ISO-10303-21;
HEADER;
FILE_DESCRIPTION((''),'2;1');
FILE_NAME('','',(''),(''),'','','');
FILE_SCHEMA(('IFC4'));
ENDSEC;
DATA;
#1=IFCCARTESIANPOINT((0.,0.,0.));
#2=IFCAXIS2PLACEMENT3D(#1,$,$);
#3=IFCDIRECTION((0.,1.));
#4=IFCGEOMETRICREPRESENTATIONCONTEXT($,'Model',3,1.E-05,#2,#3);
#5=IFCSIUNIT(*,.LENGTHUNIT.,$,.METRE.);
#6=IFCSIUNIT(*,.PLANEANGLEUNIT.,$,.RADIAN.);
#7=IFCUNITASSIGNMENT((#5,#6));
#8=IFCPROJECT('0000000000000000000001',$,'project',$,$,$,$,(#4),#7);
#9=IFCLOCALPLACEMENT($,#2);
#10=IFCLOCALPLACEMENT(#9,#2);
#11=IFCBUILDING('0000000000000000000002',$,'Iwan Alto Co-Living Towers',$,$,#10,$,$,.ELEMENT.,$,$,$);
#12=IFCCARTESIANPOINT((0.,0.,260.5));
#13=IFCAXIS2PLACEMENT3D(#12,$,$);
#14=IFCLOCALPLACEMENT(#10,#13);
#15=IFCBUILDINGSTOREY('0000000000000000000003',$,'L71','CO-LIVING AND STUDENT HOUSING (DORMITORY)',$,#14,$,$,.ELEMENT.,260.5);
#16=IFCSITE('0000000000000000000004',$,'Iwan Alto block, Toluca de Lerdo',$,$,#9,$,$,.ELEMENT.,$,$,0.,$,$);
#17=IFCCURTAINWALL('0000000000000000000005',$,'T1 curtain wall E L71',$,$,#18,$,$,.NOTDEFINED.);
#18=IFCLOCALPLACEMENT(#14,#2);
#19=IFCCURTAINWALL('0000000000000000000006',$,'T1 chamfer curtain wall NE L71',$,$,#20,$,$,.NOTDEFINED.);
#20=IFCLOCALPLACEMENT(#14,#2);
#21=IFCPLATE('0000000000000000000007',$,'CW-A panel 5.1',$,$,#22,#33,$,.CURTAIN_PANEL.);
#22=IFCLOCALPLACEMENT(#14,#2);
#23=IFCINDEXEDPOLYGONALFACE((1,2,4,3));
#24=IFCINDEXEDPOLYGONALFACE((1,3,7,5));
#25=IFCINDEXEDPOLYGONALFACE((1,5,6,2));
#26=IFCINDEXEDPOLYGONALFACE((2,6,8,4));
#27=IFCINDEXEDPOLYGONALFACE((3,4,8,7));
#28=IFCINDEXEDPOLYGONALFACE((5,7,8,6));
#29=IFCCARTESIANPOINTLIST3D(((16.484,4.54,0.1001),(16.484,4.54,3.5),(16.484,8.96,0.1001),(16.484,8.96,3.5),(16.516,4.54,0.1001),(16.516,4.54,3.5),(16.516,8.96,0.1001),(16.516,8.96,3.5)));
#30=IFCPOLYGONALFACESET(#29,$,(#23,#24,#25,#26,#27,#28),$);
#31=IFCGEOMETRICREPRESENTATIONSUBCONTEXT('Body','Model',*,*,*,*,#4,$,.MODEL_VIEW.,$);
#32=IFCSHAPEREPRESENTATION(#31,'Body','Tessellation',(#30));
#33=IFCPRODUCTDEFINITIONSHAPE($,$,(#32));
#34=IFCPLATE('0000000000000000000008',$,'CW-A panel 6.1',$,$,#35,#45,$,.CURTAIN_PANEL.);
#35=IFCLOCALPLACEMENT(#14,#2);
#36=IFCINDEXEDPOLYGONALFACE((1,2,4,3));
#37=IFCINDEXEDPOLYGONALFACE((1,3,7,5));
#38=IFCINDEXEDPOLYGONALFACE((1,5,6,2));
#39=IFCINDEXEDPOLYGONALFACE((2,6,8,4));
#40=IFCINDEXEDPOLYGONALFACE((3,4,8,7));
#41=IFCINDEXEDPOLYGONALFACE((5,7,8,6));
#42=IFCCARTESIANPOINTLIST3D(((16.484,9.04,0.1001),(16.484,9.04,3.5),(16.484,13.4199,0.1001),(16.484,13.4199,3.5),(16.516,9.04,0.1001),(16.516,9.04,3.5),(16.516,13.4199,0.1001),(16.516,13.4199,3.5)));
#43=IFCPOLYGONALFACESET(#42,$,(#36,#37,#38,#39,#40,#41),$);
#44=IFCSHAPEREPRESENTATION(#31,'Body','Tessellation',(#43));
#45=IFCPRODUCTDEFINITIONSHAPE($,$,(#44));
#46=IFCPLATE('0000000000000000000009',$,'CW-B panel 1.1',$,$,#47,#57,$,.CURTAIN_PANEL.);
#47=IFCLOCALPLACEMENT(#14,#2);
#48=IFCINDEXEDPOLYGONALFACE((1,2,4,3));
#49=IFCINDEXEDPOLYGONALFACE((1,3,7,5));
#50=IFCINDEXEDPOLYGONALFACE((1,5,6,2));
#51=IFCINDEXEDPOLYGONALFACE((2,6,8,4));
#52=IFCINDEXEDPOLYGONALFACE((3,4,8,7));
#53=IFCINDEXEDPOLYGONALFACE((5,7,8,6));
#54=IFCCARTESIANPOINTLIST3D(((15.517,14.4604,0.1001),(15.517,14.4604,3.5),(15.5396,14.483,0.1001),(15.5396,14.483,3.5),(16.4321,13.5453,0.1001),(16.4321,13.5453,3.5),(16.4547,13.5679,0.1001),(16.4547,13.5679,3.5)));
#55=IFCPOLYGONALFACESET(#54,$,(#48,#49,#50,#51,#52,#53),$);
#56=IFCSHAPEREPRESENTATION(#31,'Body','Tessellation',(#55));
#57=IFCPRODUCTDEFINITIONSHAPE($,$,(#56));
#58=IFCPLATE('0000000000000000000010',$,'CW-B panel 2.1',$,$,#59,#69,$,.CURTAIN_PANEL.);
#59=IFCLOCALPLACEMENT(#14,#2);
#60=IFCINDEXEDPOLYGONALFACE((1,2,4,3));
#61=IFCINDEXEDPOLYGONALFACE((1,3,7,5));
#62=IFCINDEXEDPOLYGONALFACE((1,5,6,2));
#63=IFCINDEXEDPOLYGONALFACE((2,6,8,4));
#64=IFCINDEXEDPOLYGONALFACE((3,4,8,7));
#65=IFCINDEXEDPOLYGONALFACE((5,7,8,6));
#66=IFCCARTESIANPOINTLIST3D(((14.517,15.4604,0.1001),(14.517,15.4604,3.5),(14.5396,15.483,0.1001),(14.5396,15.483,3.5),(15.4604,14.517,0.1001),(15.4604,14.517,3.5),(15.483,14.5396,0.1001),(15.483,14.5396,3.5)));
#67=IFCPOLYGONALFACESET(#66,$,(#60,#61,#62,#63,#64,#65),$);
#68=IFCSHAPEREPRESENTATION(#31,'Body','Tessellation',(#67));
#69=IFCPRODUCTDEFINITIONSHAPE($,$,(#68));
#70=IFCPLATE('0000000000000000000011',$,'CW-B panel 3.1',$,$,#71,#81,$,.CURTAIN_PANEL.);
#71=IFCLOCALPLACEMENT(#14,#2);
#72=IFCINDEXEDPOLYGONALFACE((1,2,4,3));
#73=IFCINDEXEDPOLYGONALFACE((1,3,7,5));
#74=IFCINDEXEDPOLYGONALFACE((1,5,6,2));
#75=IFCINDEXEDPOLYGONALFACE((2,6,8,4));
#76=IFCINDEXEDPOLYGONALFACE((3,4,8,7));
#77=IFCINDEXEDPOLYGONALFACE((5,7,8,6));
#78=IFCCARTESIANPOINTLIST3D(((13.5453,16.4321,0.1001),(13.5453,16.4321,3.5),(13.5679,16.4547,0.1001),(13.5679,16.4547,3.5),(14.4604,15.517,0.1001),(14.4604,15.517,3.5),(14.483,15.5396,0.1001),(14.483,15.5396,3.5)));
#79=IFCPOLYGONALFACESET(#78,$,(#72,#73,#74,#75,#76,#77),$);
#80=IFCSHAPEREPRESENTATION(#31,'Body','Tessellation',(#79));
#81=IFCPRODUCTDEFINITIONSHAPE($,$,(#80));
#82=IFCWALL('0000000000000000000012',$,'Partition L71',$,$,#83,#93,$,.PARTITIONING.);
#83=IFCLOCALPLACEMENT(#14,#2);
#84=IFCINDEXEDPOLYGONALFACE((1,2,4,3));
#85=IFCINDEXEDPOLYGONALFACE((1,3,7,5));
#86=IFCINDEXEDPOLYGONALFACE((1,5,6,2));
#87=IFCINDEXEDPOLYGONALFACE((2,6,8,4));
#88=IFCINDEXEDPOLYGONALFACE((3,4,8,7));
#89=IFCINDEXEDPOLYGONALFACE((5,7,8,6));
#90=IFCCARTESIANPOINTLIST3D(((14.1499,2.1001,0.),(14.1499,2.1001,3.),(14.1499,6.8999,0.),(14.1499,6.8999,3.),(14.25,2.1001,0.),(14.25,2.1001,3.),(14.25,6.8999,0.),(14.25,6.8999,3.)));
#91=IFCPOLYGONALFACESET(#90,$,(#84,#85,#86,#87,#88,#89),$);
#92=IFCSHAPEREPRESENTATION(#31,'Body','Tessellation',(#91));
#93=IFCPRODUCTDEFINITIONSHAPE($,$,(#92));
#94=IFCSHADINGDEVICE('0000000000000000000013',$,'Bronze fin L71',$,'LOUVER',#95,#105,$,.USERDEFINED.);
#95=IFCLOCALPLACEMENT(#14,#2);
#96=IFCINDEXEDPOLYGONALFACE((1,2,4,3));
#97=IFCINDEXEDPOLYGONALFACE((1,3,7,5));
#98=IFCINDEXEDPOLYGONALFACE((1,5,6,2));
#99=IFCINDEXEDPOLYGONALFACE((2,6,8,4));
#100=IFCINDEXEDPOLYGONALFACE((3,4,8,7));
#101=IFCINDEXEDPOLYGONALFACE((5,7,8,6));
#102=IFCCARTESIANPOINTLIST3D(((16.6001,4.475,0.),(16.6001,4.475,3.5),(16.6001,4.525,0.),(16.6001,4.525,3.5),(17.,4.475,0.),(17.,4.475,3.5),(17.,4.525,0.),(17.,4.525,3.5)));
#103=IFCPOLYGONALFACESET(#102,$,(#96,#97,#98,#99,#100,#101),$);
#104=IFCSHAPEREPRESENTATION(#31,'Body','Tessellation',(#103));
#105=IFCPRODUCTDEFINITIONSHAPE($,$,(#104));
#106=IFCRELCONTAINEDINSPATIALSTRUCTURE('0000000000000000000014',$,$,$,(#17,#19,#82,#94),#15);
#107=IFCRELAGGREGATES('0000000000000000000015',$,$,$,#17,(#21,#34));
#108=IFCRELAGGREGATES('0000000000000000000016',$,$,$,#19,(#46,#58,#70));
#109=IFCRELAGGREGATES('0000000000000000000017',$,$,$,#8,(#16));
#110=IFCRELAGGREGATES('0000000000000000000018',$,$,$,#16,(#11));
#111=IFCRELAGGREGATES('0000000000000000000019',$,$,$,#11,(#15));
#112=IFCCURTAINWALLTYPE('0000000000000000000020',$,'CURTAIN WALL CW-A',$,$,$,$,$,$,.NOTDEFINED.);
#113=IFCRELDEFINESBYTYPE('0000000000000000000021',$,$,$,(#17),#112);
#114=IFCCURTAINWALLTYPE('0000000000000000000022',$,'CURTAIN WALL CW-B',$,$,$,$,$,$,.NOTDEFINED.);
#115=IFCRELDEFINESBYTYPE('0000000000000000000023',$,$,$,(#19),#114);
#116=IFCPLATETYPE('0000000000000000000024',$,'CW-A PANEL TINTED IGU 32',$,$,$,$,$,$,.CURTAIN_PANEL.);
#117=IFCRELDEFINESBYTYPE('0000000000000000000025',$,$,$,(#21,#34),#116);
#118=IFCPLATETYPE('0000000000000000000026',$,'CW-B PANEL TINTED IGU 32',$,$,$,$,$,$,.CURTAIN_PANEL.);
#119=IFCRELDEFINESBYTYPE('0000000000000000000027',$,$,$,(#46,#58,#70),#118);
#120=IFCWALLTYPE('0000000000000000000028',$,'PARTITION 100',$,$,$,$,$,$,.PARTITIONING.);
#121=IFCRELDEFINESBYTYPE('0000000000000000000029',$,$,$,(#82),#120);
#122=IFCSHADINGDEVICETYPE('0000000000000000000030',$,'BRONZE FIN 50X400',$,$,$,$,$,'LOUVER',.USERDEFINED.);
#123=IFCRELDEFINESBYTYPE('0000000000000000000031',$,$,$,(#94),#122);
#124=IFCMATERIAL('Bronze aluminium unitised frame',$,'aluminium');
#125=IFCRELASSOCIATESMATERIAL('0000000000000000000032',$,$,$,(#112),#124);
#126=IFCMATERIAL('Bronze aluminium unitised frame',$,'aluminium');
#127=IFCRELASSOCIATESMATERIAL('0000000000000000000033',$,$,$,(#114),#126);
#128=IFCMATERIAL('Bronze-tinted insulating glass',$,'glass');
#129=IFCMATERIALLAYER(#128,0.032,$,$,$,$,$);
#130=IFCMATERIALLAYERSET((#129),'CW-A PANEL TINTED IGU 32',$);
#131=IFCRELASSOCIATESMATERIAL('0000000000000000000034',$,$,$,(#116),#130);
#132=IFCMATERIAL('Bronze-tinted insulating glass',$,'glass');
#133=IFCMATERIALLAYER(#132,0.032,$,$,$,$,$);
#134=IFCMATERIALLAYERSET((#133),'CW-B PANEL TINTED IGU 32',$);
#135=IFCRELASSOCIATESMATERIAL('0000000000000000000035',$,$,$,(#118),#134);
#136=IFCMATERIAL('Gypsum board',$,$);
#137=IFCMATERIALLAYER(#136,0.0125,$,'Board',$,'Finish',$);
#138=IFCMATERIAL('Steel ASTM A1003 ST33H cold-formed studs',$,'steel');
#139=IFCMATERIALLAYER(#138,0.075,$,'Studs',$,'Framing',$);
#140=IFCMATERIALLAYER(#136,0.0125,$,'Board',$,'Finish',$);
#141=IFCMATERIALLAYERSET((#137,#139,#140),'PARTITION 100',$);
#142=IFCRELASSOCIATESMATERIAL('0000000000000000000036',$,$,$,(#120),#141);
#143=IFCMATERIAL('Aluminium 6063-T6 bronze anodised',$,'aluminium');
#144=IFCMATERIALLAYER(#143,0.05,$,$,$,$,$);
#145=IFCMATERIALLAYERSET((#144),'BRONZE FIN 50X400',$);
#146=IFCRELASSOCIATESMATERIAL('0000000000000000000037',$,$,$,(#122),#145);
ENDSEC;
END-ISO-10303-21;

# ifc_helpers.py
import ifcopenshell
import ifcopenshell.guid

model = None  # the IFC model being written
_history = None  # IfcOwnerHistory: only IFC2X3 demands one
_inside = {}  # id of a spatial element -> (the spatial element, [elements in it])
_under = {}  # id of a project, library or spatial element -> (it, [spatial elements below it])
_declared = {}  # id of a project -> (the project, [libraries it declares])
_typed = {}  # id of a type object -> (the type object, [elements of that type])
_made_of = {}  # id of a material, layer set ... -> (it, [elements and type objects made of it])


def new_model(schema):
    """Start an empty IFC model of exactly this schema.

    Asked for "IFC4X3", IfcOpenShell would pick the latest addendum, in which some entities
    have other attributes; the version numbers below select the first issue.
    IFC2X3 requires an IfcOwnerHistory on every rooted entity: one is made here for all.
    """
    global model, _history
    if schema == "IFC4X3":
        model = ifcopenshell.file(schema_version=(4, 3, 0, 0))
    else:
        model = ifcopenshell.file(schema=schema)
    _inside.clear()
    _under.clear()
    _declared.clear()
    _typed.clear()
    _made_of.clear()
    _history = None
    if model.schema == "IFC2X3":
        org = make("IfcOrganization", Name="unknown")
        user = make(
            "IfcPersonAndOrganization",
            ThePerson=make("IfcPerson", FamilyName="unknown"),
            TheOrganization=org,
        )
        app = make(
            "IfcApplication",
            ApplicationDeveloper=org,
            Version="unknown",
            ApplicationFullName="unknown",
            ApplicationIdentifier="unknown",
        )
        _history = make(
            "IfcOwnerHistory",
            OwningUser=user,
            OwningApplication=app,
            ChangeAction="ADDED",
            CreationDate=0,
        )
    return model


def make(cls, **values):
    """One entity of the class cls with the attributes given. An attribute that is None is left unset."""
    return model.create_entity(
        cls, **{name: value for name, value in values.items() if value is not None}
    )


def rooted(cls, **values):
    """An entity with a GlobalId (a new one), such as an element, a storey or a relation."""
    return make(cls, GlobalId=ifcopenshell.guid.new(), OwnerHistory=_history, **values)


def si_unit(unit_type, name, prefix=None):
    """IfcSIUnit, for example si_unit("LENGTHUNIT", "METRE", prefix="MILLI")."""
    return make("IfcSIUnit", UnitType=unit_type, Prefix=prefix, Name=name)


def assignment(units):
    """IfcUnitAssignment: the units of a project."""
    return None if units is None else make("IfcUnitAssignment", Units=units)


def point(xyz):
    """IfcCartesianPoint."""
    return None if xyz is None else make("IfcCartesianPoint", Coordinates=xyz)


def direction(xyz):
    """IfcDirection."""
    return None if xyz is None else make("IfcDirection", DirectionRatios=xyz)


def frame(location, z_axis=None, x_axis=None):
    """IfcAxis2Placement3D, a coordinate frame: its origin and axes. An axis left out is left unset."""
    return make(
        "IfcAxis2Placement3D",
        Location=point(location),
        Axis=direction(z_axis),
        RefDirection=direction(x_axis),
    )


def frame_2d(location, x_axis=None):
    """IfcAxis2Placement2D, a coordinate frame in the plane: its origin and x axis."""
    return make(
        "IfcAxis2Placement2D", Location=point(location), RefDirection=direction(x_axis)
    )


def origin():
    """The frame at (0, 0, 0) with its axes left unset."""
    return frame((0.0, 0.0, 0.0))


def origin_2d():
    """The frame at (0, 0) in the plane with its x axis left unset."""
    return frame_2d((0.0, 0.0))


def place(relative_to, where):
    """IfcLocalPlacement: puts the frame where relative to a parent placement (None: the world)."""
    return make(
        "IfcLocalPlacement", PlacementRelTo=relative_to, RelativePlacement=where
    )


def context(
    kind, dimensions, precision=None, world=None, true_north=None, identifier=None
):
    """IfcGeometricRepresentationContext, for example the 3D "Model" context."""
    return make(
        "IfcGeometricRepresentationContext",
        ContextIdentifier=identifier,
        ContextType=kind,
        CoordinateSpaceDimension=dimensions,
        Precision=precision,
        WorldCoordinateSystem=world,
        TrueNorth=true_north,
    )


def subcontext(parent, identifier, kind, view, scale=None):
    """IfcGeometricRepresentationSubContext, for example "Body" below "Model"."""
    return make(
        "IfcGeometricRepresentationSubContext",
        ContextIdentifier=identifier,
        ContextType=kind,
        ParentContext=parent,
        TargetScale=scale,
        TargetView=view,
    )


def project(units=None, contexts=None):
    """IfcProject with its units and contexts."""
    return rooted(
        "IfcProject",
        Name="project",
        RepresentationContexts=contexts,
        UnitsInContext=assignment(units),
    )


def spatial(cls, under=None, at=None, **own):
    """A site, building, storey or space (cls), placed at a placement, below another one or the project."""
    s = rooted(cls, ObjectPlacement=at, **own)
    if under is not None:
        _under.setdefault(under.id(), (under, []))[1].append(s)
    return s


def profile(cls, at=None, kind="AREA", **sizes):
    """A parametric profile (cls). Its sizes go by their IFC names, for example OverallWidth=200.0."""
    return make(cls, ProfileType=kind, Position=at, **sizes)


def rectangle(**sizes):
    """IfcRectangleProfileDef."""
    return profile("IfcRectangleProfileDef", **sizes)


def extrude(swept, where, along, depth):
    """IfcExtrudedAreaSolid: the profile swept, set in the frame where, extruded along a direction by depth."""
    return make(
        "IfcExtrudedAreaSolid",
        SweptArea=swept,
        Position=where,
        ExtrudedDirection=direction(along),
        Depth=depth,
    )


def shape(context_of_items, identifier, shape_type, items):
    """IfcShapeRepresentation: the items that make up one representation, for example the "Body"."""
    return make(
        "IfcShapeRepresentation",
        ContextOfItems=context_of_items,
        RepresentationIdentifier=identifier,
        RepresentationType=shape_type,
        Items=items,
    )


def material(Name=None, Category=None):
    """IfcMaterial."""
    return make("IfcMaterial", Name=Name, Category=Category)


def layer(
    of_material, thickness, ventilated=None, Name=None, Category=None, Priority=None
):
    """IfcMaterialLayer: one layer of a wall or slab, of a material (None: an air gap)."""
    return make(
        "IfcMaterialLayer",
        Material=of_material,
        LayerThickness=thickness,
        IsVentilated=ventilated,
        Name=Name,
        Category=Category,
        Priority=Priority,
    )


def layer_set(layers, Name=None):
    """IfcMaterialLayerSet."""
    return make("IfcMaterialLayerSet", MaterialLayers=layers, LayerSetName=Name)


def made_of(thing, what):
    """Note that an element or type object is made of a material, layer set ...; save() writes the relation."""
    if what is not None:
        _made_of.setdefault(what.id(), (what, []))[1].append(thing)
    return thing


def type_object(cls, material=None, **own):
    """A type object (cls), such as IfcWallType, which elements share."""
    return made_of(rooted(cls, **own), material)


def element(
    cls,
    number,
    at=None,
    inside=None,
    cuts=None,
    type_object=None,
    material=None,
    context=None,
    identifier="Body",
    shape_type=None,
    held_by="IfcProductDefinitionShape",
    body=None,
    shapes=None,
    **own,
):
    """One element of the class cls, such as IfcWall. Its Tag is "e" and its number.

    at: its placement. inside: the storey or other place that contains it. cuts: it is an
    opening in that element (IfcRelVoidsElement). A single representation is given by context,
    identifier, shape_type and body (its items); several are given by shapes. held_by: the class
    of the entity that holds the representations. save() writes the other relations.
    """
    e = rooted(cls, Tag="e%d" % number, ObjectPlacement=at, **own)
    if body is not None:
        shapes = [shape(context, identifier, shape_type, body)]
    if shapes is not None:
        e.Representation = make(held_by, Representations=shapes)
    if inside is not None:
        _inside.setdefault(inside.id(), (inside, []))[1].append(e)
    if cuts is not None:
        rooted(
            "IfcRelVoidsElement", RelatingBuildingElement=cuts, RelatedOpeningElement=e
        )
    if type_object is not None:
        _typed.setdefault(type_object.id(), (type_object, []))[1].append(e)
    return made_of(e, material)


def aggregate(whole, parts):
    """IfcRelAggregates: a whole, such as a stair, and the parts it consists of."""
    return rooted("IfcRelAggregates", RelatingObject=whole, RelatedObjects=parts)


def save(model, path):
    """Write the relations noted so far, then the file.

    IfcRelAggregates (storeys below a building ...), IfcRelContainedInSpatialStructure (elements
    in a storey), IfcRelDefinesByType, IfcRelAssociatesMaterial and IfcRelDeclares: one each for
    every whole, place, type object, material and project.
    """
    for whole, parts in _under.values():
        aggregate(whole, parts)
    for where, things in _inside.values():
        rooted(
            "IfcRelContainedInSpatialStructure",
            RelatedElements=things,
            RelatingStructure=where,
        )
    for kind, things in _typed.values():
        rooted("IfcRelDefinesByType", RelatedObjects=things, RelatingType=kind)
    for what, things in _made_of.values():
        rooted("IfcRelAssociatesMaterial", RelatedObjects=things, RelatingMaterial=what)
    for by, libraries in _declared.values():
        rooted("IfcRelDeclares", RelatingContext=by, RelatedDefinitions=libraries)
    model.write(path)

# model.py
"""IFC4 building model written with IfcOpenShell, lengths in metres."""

from ifc_helpers import new_model, si_unit, direction, frame, frame_2d, origin, origin_2d, place, context, subcontext, project, spatial, rectangle, extrude, material, layer, layer_set, type_object, element, aggregate, save


model = new_model("IFC4")

# Units and contexts
model_context = context("Model", 3, precision=1e-05, world=origin(), true_north=direction((0.0, 1.0)))
body_context = subcontext(model_context, "Body", "Model", "MODEL_VIEW")
ifc_project = project(units=[si_unit("LENGTHUNIT", "METRE"), si_unit("PLANEANGLEUNIT", "RADIAN")], contexts=[model_context])

# Site, building, storey
site_placement = place(None, origin())
site = spatial("IfcSite", under=ifc_project, at=site_placement, Name="Iwan Alto block, Toluca de Lerdo", CompositionType="ELEMENT", RefElevation=0.0)
building_placement = place(site_placement, origin())
building = spatial("IfcBuilding", under=site, at=building_placement, Name="Iwan Alto Co-Living Towers", CompositionType="ELEMENT")
storey_placement = place(building_placement, frame((0.0, 0.0, 260.5)))
storey = spatial("IfcBuildingStorey", under=building, at=storey_placement, Name="L71", Description="CO-LIVING AND STUDENT HOUSING (DORMITORY)", CompositionType="ELEMENT", Elevation=260.5)

# Curtain wall
ifc_material_1 = material(Name="Bronze aluminium unitised frame", Category="aluminium")
curtain_wall_type_1 = type_object("IfcCurtainWallType", Name="CURTAIN WALL CW-A", PredefinedType="NOTDEFINED", material=ifc_material_1)
curtain_wall_1_placement = place(storey_placement, origin())
curtain_wall_1 = element("IfcCurtainWall", 1, at=curtain_wall_1_placement, inside=storey, type_object=curtain_wall_type_1, Name="T1 curtain wall E L71", PredefinedType="NOTDEFINED")

# Curtain wall
ifc_material_2 = material(Name="Bronze aluminium unitised frame", Category="aluminium")
curtain_wall_type_2 = type_object("IfcCurtainWallType", Name="CURTAIN WALL CW-B", PredefinedType="NOTDEFINED", material=ifc_material_2)
curtain_wall_2_placement = place(storey_placement, origin())
curtain_wall_2 = element("IfcCurtainWall", 2, at=curtain_wall_2_placement, inside=storey, type_object=curtain_wall_type_2, Name="T1 chamfer curtain wall NE L71", PredefinedType="NOTDEFINED")

# Plates
ifc_material_3 = material(Name="Bronze-tinted insulating glass", Category="glass")
ifc_layer_1 = layer(ifc_material_3, 0.032)
ifc_layer_set_1 = layer_set([ifc_layer_1], Name="CW-A PANEL TINTED IGU 32")
plate_type_1 = type_object("IfcPlateType", Name="CW-A PANEL TINTED IGU 32", PredefinedType="CURTAIN_PANEL", material=ifc_layer_set_1)
plate_1_placement = place(storey_placement, frame((16.5, 6.75, 0.1001), z_axis=(0.0, 0.0, 1.0), x_axis=(0.0, 1.0, 0.0)))
plate_1 = element("IfcPlate", 3, at=plate_1_placement, type_object=plate_type_1, Name="CW-A panel 5.1", PredefinedType="CURTAIN_PANEL", context=body_context, shape_type="SweptSolid", body=[
    extrude(rectangle(XDim=4.4199, YDim=0.032, at=origin_2d()), origin(), (0.0, 0.0, 1.0), 3.3999),
])
plate_2_placement = place(storey_placement, frame((16.5, 11.23, 0.1001), z_axis=(0.0, 0.0, 1.0), x_axis=(0.0, 1.0, 0.0)))
plate_2 = element("IfcPlate", 4, at=plate_2_placement, type_object=plate_type_1, Name="CW-A panel 6.1", PredefinedType="CURTAIN_PANEL", context=body_context, shape_type="SweptSolid", body=[
    extrude(rectangle(XDim=4.3799, YDim=0.032, at=origin_2d()), origin(), (0.0, 0.0, 1.0), 3.3999),
])
aggregate(curtain_wall_1, [plate_1, plate_2])
ifc_material_4 = material(Name="Bronze-tinted insulating glass", Category="glass")
ifc_layer_2 = layer(ifc_material_4, 0.032)
ifc_layer_set_2 = layer_set([ifc_layer_2], Name="CW-B PANEL TINTED IGU 32")
plate_type_2 = type_object("IfcPlateType", Name="CW-B PANEL TINTED IGU 32", PredefinedType="CURTAIN_PANEL", material=ifc_layer_set_2)
plate_3_placement = place(storey_placement, frame((15.9858, 14.0142, 0.1001), z_axis=(0.0, 0.0, 1.0), x_axis=(-0.707107, 0.707107, 0.0)))
plate_3 = element("IfcPlate", 5, at=plate_3_placement, type_object=plate_type_2, Name="CW-B panel 1.1", PredefinedType="CURTAIN_PANEL", context=body_context, shape_type="SweptSolid", body=[
    extrude(rectangle(XDim=1.2942, YDim=0.032, at=origin_2d()), origin(), (0.0, 0.0, 1.0), 3.3999),
])
plate_4_placement = place(storey_placement, frame((15.0, 15.0, 0.1001), z_axis=(0.0, 0.0, 1.0), x_axis=(-0.707107, 0.707107, 0.0)))
plate_4 = element("IfcPlate", 6, at=plate_4_placement, type_object=plate_type_2, Name="CW-B panel 2.1", PredefinedType="CURTAIN_PANEL", context=body_context, shape_type="SweptSolid", body=[
    extrude(rectangle(XDim=1.3342, YDim=0.032, at=origin_2d()), origin(), (0.0, 0.0, 1.0), 3.3999),
])
plate_5_placement = place(storey_placement, frame((14.0142, 15.9858, 0.1001), z_axis=(0.0, 0.0, 1.0), x_axis=(-0.707107, 0.707107, 0.0)))
plate_5 = element("IfcPlate", 7, at=plate_5_placement, type_object=plate_type_2, Name="CW-B panel 3.1", PredefinedType="CURTAIN_PANEL", context=body_context, shape_type="SweptSolid", body=[
    extrude(rectangle(XDim=1.2942, YDim=0.032, at=origin_2d()), origin(), (0.0, 0.0, 1.0), 3.3999),
])
aggregate(curtain_wall_2, [plate_3, plate_4, plate_5])

# Wall
ifc_material_5 = material(Name="Gypsum board")
ifc_layer_3 = layer(ifc_material_5, 0.0125, Name="Board", Category="Finish")
ifc_material_6 = material(Name="Steel ASTM A1003 ST33H cold-formed studs", Category="steel")
ifc_layer_4 = layer(ifc_material_6, 0.075, Name="Studs", Category="Framing")
ifc_layer_5 = layer(ifc_material_5, 0.0125, Name="Board", Category="Finish")
ifc_layer_set_3 = layer_set([ifc_layer_3, ifc_layer_4, ifc_layer_5], Name="PARTITION 100")
wall_type = type_object("IfcWallType", Name="PARTITION 100", PredefinedType="PARTITIONING", material=ifc_layer_set_3)
wall_placement = place(storey_placement, frame((14.2, 2.1001, 0.0), z_axis=(0.0, 0.0, 1.0), x_axis=(0.0, 1.0, 0.0)))
element("IfcWall", 8, at=wall_placement, inside=storey, type_object=wall_type, Name="Partition L71", PredefinedType="PARTITIONING", context=body_context, shape_type="SweptSolid", body=[
    extrude(rectangle(XDim=4.7998, YDim=0.1001, at=frame_2d((2.3999, 0.0))), origin(), (0.0, 0.0, 1.0), 3.0),
])

# Shading device
ifc_material_7 = material(Name="Aluminium 6063-T6 bronze anodised", Category="aluminium")
ifc_layer_6 = layer(ifc_material_7, 0.05)
ifc_layer_set_4 = layer_set([ifc_layer_6], Name="BRONZE FIN 50X400")
shading_device_type = type_object("IfcShadingDeviceType", Name="BRONZE FIN 50X400", ElementType="LOUVER", PredefinedType="USERDEFINED", material=ifc_layer_set_4)
shading_device_placement = place(storey_placement, frame((16.8, 4.5, 0.0), z_axis=(0.0, 0.0, 1.0), x_axis=(0.0, 1.0, 0.0)))
element("IfcShadingDevice", 9, at=shading_device_placement, inside=storey, type_object=shading_device_type, Name="Bronze fin L71", ObjectType="LOUVER", PredefinedType="USERDEFINED", context=body_context, shape_type="SweptSolid", body=[
    extrude(rectangle(XDim=0.05, YDim=0.3999, at=origin_2d()), origin(), (0.0, 0.0, 1.0), 3.5),
])

save(model, "model.ifc")
